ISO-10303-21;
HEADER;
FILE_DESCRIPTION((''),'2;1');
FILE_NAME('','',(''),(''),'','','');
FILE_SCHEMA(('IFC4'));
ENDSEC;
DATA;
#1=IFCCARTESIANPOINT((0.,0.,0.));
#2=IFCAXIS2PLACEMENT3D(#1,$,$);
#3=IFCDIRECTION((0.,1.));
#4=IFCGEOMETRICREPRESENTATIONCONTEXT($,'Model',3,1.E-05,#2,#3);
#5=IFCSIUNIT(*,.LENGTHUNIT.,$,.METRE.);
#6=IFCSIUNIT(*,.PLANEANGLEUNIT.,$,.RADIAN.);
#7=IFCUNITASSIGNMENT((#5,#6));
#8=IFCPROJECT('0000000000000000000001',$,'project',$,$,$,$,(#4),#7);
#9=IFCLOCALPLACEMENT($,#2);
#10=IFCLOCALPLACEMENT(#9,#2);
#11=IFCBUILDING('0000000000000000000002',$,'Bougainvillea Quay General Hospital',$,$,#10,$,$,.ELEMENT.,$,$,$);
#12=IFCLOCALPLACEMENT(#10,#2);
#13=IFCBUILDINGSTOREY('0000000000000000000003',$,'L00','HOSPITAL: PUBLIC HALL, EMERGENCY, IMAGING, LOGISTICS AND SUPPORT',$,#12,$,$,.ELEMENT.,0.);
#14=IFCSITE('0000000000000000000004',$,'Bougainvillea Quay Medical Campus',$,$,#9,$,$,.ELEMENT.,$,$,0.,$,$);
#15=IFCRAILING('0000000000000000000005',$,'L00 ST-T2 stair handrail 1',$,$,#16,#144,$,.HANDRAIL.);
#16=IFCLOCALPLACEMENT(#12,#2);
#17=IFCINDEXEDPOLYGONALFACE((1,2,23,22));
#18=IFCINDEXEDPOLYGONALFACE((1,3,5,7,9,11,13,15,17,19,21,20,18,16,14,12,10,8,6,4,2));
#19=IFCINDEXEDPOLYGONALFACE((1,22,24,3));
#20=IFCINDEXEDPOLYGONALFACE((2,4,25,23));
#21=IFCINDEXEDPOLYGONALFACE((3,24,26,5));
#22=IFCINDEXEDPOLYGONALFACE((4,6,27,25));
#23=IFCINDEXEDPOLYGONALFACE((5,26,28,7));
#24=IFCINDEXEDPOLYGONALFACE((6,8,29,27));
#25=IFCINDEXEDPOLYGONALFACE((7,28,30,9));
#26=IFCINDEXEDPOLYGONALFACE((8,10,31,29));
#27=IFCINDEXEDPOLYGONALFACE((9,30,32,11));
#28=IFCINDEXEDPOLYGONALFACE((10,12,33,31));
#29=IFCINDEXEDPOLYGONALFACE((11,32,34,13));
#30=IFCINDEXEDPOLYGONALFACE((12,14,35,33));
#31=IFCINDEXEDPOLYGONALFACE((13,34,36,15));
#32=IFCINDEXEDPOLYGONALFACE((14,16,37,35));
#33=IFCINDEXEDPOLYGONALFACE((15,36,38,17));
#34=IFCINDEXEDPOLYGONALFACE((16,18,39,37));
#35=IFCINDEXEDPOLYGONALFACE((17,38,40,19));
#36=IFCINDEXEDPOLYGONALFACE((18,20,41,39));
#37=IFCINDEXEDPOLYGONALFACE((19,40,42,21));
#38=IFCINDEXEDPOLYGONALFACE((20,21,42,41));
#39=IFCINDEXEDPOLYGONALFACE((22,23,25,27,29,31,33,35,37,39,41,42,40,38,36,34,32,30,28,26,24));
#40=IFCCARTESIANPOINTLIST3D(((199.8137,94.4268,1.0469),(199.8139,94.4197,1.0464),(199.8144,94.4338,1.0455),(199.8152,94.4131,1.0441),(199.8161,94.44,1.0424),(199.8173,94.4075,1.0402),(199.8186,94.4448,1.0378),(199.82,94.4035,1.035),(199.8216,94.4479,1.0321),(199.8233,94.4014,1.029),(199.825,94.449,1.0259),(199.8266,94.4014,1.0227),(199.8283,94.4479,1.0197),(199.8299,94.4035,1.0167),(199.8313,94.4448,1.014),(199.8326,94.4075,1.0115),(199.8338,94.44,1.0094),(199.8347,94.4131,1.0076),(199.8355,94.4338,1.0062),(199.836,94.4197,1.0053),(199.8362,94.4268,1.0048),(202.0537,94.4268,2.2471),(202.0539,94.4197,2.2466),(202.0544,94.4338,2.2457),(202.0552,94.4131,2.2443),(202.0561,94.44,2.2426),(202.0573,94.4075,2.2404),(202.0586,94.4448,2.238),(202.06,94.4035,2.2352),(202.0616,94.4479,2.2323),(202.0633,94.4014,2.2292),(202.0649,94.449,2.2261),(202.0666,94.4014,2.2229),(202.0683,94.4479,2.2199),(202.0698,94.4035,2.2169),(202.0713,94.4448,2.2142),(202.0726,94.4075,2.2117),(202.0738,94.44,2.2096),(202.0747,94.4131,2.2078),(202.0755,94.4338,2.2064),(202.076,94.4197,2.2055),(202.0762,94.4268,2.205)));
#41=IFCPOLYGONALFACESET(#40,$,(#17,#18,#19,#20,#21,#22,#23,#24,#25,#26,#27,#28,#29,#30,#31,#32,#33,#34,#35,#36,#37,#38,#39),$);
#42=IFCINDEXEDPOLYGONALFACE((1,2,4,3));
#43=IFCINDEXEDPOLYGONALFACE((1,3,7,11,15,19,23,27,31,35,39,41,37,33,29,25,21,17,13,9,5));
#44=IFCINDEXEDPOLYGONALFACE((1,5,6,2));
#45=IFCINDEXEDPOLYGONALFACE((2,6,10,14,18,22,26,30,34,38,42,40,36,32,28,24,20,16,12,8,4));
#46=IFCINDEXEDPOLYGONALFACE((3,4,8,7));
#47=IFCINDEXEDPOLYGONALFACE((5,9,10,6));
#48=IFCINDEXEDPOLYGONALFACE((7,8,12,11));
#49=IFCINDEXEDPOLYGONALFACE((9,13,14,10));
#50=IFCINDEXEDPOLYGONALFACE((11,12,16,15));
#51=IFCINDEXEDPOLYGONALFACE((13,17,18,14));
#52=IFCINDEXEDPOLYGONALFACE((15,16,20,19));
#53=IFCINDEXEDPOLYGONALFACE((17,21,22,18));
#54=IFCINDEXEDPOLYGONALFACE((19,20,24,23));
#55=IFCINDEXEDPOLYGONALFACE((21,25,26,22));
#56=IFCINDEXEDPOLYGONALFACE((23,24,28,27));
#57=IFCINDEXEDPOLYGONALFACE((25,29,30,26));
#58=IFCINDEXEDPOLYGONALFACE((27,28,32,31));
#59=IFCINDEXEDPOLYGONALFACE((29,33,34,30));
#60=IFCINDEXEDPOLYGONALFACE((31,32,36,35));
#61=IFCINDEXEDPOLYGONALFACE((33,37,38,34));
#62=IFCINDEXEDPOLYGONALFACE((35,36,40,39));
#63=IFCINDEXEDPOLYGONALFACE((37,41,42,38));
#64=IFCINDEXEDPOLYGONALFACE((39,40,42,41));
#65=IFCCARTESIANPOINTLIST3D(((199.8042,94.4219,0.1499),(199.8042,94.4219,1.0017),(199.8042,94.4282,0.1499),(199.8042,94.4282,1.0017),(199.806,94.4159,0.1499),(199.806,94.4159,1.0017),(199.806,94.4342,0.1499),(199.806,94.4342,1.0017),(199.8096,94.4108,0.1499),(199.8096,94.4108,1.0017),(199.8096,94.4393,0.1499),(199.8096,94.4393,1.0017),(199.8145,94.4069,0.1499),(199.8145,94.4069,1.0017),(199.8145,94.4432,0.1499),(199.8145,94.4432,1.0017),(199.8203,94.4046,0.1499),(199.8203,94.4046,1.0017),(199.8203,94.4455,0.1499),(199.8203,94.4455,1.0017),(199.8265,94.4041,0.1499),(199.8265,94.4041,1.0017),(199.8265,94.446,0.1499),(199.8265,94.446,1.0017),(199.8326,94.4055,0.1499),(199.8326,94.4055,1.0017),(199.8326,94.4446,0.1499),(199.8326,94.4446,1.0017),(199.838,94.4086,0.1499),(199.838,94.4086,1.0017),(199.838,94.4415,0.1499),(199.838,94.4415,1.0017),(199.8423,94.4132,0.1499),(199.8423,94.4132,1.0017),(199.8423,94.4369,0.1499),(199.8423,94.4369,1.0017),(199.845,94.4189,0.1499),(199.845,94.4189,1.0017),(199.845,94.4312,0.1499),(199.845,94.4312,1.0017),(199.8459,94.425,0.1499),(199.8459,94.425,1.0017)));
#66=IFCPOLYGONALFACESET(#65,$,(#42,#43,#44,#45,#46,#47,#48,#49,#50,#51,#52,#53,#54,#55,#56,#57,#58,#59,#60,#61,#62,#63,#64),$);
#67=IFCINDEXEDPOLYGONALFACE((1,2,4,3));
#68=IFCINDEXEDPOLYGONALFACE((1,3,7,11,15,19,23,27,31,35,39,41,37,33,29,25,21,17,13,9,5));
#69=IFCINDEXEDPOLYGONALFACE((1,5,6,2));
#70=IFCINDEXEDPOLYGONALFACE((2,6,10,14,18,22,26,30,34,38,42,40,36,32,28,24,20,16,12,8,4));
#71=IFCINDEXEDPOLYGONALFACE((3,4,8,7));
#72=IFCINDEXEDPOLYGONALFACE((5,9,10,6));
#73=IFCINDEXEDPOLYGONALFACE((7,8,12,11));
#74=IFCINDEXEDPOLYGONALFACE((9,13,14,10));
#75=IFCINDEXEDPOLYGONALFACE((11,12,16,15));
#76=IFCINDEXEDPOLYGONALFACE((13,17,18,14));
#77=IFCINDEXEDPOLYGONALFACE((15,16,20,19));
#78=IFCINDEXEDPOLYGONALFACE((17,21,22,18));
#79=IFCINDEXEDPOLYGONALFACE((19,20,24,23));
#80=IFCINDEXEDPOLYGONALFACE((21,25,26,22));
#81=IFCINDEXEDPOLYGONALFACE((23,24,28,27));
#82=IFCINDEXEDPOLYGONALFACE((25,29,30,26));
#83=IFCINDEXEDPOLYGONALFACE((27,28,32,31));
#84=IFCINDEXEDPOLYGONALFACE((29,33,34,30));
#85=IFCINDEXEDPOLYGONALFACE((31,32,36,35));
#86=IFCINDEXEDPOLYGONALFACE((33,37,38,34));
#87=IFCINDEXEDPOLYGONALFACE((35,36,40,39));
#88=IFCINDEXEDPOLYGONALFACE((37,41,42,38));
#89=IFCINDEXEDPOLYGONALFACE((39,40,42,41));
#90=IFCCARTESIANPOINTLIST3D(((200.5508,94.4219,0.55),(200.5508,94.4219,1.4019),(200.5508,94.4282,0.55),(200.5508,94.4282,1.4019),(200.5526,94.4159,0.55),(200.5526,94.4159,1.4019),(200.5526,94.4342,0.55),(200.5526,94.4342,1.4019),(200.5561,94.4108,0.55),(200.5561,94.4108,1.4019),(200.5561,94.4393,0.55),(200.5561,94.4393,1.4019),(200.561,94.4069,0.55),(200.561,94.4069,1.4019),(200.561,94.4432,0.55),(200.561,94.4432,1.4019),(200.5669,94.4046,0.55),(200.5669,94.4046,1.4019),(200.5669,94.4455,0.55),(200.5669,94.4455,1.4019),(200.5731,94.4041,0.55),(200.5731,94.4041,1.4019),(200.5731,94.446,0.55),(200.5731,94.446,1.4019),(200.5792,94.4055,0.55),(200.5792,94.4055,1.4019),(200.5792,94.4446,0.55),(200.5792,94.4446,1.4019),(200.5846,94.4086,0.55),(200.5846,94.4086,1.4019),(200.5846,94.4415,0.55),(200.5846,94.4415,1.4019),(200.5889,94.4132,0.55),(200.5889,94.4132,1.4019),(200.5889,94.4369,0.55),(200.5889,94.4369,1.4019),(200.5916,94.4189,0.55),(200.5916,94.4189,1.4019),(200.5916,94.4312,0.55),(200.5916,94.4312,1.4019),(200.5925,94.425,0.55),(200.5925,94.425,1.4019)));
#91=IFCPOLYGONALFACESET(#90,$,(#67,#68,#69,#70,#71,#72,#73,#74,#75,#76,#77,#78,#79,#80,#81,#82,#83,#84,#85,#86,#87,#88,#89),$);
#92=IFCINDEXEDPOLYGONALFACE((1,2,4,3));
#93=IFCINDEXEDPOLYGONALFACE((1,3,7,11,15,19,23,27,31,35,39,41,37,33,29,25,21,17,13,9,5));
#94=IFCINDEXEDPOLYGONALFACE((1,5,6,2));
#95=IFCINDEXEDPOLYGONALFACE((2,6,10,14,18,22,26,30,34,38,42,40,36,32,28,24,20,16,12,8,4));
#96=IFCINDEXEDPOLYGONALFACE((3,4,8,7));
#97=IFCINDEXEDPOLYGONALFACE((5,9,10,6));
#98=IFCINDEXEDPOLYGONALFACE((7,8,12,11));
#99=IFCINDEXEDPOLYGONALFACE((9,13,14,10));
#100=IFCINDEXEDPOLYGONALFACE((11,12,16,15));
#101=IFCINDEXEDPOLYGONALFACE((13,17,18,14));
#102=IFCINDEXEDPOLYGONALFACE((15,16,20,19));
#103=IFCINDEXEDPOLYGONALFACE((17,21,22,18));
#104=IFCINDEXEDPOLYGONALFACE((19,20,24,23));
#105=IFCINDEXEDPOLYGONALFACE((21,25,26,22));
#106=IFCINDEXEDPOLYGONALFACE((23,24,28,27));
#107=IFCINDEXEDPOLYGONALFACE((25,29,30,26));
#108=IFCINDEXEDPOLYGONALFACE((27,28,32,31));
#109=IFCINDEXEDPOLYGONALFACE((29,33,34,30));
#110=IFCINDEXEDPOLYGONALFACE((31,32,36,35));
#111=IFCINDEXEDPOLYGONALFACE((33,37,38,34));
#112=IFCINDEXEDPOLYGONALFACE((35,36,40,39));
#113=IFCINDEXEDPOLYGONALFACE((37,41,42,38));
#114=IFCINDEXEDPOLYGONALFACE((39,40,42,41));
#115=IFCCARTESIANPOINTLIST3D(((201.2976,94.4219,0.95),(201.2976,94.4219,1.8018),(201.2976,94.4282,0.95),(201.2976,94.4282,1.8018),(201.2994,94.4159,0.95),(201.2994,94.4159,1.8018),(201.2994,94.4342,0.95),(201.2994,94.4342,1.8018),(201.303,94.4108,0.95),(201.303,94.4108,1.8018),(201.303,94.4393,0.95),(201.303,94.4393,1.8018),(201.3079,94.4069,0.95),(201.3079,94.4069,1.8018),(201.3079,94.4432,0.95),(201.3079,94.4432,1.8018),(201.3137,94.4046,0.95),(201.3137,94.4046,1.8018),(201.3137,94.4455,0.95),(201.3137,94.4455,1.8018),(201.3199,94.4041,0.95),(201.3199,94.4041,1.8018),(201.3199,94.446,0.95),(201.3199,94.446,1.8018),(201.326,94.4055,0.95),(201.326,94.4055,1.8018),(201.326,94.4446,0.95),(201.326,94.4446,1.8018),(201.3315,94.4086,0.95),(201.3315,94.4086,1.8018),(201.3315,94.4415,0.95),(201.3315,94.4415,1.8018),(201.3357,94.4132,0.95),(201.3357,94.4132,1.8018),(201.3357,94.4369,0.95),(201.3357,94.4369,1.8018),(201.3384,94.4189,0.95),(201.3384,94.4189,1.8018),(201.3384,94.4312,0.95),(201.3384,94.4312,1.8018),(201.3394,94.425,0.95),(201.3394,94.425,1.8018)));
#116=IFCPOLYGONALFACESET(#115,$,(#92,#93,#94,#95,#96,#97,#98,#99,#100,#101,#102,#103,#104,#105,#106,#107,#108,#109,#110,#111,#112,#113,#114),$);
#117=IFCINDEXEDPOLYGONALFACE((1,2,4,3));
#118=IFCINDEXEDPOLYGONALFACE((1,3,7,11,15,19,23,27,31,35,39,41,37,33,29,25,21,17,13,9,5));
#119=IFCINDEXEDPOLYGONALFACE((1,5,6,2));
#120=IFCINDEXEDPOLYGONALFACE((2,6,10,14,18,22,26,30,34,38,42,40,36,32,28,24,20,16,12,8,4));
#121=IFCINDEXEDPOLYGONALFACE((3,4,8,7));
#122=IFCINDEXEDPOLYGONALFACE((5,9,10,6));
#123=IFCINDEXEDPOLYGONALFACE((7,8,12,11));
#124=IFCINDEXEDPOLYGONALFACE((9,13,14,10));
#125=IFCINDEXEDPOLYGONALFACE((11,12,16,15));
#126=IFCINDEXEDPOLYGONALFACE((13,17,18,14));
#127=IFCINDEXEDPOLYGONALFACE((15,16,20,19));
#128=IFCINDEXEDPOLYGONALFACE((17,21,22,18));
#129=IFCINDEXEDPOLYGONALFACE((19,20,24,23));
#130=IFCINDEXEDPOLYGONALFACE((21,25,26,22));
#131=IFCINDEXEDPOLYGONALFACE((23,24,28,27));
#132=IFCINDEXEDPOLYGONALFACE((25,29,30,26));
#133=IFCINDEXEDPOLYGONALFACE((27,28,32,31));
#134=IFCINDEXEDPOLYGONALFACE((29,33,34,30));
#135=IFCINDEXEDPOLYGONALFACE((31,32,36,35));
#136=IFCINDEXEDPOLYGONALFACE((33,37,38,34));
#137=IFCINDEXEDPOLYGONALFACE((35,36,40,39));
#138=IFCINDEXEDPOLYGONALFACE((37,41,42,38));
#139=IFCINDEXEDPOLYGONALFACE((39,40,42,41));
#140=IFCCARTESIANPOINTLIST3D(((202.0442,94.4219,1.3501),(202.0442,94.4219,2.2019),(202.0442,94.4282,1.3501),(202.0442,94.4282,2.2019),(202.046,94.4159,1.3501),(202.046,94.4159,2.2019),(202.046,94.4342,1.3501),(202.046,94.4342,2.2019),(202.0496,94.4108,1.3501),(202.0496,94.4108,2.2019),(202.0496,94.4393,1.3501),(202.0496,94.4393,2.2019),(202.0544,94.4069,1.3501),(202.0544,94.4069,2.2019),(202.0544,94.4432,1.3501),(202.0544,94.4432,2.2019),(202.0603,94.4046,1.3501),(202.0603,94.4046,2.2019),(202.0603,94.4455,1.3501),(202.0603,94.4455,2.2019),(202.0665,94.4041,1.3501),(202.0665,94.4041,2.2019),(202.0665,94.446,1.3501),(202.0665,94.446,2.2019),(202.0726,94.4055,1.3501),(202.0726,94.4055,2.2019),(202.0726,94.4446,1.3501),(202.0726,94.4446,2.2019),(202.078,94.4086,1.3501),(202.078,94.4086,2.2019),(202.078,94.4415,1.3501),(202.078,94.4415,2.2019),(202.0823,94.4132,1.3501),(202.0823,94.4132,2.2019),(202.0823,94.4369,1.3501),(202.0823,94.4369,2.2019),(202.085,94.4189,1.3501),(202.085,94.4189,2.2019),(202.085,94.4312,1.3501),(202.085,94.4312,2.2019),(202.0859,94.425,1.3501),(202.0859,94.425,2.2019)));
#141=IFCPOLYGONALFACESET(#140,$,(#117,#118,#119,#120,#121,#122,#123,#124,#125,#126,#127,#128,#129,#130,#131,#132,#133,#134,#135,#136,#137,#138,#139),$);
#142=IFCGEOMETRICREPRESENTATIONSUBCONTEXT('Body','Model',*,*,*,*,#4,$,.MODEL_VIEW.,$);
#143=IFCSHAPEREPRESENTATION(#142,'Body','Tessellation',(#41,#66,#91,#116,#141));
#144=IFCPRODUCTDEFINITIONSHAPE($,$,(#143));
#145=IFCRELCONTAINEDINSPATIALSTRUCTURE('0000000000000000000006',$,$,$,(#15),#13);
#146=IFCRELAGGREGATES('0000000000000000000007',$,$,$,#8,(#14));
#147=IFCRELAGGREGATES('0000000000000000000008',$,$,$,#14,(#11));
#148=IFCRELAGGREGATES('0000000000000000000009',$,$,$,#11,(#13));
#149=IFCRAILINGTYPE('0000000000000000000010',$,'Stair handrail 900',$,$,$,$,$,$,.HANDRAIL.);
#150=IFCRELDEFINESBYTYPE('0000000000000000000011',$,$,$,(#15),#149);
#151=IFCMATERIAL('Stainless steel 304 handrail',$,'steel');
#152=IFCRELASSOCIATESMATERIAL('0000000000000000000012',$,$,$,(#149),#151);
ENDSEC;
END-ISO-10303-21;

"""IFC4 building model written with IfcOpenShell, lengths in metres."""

from ifc_helpers import new_model, si_unit, direction, frame, origin, origin_2d, place, context, subcontext, project, spatial, circle, extrude, material, type_object, element, save


model = new_model("IFC4")

# Units and contexts
model_context = context("Model", 3, precision=1e-05, world=origin(), true_north=direction((0.0, 1.0)))
body_context = subcontext(model_context, "Body", "Model", "MODEL_VIEW")
ifc_project = project(units=[si_unit("LENGTHUNIT", "METRE"), si_unit("PLANEANGLEUNIT", "RADIAN")], contexts=[model_context])

# Site, building, storey
site_placement = place(None, origin())
site = spatial("IfcSite", under=ifc_project, at=site_placement, Name="Bougainvillea Quay Medical Campus", CompositionType="ELEMENT", RefElevation=0.0)
building_placement = place(site_placement, origin())
building = spatial("IfcBuilding", under=site, at=building_placement, Name="Bougainvillea Quay General Hospital", CompositionType="ELEMENT")
storey_placement = place(building_placement, origin())
storey = spatial("IfcBuildingStorey", under=building, at=storey_placement, Name="L00", Description="HOSPITAL: PUBLIC HALL, EMERGENCY, IMAGING, LOGISTICS AND SUPPORT", CompositionType="ELEMENT", Elevation=0.0)

# Railing
ifc_material_1 = material(Name="Stainless steel 304 handrail", Category="steel")
railing_type_1 = type_object("IfcRailingType", Name="Stair handrail 900", PredefinedType="HANDRAIL", material=ifc_material_1)
railing_1_placement = place(storey_placement, frame((199.825, 94.425, 0.1499)))
element("IfcRailing", 1, at=railing_1_placement, inside=storey, type_object=railing_type_1, Name="L00 ST-T2 stair handrail 1", PredefinedType="HANDRAIL", context=body_context, shape_type="SweptSolid", body=[
    extrude(circle(Radius=0.0239, at=origin_2d()), frame((0.0, 0.0, 0.876), z_axis=(0.881447, 0.0, 0.472283), x_axis=(0.0, 1.0, 0.0)), (0.0, 0.0, 1.0), 2.5413),
    extrude(circle(Radius=0.021, at=origin_2d()), origin(), (0.0, 0.0, 1.0), 0.8518),
    extrude(circle(Radius=0.021, at=origin_2d()), frame((0.7466, 0.0, 0.4001)), (0.0, 0.0, 1.0), 0.8518),
    extrude(circle(Radius=0.021, at=origin_2d()), frame((1.4934, 0.0, 0.8)), (0.0, 0.0, 1.0), 0.8518),
    extrude(circle(Radius=0.021, at=origin_2d()), frame((2.24, 0.0, 1.2002)), (0.0, 0.0, 1.0), 0.8518),
])

save(model, "model.ifc")
